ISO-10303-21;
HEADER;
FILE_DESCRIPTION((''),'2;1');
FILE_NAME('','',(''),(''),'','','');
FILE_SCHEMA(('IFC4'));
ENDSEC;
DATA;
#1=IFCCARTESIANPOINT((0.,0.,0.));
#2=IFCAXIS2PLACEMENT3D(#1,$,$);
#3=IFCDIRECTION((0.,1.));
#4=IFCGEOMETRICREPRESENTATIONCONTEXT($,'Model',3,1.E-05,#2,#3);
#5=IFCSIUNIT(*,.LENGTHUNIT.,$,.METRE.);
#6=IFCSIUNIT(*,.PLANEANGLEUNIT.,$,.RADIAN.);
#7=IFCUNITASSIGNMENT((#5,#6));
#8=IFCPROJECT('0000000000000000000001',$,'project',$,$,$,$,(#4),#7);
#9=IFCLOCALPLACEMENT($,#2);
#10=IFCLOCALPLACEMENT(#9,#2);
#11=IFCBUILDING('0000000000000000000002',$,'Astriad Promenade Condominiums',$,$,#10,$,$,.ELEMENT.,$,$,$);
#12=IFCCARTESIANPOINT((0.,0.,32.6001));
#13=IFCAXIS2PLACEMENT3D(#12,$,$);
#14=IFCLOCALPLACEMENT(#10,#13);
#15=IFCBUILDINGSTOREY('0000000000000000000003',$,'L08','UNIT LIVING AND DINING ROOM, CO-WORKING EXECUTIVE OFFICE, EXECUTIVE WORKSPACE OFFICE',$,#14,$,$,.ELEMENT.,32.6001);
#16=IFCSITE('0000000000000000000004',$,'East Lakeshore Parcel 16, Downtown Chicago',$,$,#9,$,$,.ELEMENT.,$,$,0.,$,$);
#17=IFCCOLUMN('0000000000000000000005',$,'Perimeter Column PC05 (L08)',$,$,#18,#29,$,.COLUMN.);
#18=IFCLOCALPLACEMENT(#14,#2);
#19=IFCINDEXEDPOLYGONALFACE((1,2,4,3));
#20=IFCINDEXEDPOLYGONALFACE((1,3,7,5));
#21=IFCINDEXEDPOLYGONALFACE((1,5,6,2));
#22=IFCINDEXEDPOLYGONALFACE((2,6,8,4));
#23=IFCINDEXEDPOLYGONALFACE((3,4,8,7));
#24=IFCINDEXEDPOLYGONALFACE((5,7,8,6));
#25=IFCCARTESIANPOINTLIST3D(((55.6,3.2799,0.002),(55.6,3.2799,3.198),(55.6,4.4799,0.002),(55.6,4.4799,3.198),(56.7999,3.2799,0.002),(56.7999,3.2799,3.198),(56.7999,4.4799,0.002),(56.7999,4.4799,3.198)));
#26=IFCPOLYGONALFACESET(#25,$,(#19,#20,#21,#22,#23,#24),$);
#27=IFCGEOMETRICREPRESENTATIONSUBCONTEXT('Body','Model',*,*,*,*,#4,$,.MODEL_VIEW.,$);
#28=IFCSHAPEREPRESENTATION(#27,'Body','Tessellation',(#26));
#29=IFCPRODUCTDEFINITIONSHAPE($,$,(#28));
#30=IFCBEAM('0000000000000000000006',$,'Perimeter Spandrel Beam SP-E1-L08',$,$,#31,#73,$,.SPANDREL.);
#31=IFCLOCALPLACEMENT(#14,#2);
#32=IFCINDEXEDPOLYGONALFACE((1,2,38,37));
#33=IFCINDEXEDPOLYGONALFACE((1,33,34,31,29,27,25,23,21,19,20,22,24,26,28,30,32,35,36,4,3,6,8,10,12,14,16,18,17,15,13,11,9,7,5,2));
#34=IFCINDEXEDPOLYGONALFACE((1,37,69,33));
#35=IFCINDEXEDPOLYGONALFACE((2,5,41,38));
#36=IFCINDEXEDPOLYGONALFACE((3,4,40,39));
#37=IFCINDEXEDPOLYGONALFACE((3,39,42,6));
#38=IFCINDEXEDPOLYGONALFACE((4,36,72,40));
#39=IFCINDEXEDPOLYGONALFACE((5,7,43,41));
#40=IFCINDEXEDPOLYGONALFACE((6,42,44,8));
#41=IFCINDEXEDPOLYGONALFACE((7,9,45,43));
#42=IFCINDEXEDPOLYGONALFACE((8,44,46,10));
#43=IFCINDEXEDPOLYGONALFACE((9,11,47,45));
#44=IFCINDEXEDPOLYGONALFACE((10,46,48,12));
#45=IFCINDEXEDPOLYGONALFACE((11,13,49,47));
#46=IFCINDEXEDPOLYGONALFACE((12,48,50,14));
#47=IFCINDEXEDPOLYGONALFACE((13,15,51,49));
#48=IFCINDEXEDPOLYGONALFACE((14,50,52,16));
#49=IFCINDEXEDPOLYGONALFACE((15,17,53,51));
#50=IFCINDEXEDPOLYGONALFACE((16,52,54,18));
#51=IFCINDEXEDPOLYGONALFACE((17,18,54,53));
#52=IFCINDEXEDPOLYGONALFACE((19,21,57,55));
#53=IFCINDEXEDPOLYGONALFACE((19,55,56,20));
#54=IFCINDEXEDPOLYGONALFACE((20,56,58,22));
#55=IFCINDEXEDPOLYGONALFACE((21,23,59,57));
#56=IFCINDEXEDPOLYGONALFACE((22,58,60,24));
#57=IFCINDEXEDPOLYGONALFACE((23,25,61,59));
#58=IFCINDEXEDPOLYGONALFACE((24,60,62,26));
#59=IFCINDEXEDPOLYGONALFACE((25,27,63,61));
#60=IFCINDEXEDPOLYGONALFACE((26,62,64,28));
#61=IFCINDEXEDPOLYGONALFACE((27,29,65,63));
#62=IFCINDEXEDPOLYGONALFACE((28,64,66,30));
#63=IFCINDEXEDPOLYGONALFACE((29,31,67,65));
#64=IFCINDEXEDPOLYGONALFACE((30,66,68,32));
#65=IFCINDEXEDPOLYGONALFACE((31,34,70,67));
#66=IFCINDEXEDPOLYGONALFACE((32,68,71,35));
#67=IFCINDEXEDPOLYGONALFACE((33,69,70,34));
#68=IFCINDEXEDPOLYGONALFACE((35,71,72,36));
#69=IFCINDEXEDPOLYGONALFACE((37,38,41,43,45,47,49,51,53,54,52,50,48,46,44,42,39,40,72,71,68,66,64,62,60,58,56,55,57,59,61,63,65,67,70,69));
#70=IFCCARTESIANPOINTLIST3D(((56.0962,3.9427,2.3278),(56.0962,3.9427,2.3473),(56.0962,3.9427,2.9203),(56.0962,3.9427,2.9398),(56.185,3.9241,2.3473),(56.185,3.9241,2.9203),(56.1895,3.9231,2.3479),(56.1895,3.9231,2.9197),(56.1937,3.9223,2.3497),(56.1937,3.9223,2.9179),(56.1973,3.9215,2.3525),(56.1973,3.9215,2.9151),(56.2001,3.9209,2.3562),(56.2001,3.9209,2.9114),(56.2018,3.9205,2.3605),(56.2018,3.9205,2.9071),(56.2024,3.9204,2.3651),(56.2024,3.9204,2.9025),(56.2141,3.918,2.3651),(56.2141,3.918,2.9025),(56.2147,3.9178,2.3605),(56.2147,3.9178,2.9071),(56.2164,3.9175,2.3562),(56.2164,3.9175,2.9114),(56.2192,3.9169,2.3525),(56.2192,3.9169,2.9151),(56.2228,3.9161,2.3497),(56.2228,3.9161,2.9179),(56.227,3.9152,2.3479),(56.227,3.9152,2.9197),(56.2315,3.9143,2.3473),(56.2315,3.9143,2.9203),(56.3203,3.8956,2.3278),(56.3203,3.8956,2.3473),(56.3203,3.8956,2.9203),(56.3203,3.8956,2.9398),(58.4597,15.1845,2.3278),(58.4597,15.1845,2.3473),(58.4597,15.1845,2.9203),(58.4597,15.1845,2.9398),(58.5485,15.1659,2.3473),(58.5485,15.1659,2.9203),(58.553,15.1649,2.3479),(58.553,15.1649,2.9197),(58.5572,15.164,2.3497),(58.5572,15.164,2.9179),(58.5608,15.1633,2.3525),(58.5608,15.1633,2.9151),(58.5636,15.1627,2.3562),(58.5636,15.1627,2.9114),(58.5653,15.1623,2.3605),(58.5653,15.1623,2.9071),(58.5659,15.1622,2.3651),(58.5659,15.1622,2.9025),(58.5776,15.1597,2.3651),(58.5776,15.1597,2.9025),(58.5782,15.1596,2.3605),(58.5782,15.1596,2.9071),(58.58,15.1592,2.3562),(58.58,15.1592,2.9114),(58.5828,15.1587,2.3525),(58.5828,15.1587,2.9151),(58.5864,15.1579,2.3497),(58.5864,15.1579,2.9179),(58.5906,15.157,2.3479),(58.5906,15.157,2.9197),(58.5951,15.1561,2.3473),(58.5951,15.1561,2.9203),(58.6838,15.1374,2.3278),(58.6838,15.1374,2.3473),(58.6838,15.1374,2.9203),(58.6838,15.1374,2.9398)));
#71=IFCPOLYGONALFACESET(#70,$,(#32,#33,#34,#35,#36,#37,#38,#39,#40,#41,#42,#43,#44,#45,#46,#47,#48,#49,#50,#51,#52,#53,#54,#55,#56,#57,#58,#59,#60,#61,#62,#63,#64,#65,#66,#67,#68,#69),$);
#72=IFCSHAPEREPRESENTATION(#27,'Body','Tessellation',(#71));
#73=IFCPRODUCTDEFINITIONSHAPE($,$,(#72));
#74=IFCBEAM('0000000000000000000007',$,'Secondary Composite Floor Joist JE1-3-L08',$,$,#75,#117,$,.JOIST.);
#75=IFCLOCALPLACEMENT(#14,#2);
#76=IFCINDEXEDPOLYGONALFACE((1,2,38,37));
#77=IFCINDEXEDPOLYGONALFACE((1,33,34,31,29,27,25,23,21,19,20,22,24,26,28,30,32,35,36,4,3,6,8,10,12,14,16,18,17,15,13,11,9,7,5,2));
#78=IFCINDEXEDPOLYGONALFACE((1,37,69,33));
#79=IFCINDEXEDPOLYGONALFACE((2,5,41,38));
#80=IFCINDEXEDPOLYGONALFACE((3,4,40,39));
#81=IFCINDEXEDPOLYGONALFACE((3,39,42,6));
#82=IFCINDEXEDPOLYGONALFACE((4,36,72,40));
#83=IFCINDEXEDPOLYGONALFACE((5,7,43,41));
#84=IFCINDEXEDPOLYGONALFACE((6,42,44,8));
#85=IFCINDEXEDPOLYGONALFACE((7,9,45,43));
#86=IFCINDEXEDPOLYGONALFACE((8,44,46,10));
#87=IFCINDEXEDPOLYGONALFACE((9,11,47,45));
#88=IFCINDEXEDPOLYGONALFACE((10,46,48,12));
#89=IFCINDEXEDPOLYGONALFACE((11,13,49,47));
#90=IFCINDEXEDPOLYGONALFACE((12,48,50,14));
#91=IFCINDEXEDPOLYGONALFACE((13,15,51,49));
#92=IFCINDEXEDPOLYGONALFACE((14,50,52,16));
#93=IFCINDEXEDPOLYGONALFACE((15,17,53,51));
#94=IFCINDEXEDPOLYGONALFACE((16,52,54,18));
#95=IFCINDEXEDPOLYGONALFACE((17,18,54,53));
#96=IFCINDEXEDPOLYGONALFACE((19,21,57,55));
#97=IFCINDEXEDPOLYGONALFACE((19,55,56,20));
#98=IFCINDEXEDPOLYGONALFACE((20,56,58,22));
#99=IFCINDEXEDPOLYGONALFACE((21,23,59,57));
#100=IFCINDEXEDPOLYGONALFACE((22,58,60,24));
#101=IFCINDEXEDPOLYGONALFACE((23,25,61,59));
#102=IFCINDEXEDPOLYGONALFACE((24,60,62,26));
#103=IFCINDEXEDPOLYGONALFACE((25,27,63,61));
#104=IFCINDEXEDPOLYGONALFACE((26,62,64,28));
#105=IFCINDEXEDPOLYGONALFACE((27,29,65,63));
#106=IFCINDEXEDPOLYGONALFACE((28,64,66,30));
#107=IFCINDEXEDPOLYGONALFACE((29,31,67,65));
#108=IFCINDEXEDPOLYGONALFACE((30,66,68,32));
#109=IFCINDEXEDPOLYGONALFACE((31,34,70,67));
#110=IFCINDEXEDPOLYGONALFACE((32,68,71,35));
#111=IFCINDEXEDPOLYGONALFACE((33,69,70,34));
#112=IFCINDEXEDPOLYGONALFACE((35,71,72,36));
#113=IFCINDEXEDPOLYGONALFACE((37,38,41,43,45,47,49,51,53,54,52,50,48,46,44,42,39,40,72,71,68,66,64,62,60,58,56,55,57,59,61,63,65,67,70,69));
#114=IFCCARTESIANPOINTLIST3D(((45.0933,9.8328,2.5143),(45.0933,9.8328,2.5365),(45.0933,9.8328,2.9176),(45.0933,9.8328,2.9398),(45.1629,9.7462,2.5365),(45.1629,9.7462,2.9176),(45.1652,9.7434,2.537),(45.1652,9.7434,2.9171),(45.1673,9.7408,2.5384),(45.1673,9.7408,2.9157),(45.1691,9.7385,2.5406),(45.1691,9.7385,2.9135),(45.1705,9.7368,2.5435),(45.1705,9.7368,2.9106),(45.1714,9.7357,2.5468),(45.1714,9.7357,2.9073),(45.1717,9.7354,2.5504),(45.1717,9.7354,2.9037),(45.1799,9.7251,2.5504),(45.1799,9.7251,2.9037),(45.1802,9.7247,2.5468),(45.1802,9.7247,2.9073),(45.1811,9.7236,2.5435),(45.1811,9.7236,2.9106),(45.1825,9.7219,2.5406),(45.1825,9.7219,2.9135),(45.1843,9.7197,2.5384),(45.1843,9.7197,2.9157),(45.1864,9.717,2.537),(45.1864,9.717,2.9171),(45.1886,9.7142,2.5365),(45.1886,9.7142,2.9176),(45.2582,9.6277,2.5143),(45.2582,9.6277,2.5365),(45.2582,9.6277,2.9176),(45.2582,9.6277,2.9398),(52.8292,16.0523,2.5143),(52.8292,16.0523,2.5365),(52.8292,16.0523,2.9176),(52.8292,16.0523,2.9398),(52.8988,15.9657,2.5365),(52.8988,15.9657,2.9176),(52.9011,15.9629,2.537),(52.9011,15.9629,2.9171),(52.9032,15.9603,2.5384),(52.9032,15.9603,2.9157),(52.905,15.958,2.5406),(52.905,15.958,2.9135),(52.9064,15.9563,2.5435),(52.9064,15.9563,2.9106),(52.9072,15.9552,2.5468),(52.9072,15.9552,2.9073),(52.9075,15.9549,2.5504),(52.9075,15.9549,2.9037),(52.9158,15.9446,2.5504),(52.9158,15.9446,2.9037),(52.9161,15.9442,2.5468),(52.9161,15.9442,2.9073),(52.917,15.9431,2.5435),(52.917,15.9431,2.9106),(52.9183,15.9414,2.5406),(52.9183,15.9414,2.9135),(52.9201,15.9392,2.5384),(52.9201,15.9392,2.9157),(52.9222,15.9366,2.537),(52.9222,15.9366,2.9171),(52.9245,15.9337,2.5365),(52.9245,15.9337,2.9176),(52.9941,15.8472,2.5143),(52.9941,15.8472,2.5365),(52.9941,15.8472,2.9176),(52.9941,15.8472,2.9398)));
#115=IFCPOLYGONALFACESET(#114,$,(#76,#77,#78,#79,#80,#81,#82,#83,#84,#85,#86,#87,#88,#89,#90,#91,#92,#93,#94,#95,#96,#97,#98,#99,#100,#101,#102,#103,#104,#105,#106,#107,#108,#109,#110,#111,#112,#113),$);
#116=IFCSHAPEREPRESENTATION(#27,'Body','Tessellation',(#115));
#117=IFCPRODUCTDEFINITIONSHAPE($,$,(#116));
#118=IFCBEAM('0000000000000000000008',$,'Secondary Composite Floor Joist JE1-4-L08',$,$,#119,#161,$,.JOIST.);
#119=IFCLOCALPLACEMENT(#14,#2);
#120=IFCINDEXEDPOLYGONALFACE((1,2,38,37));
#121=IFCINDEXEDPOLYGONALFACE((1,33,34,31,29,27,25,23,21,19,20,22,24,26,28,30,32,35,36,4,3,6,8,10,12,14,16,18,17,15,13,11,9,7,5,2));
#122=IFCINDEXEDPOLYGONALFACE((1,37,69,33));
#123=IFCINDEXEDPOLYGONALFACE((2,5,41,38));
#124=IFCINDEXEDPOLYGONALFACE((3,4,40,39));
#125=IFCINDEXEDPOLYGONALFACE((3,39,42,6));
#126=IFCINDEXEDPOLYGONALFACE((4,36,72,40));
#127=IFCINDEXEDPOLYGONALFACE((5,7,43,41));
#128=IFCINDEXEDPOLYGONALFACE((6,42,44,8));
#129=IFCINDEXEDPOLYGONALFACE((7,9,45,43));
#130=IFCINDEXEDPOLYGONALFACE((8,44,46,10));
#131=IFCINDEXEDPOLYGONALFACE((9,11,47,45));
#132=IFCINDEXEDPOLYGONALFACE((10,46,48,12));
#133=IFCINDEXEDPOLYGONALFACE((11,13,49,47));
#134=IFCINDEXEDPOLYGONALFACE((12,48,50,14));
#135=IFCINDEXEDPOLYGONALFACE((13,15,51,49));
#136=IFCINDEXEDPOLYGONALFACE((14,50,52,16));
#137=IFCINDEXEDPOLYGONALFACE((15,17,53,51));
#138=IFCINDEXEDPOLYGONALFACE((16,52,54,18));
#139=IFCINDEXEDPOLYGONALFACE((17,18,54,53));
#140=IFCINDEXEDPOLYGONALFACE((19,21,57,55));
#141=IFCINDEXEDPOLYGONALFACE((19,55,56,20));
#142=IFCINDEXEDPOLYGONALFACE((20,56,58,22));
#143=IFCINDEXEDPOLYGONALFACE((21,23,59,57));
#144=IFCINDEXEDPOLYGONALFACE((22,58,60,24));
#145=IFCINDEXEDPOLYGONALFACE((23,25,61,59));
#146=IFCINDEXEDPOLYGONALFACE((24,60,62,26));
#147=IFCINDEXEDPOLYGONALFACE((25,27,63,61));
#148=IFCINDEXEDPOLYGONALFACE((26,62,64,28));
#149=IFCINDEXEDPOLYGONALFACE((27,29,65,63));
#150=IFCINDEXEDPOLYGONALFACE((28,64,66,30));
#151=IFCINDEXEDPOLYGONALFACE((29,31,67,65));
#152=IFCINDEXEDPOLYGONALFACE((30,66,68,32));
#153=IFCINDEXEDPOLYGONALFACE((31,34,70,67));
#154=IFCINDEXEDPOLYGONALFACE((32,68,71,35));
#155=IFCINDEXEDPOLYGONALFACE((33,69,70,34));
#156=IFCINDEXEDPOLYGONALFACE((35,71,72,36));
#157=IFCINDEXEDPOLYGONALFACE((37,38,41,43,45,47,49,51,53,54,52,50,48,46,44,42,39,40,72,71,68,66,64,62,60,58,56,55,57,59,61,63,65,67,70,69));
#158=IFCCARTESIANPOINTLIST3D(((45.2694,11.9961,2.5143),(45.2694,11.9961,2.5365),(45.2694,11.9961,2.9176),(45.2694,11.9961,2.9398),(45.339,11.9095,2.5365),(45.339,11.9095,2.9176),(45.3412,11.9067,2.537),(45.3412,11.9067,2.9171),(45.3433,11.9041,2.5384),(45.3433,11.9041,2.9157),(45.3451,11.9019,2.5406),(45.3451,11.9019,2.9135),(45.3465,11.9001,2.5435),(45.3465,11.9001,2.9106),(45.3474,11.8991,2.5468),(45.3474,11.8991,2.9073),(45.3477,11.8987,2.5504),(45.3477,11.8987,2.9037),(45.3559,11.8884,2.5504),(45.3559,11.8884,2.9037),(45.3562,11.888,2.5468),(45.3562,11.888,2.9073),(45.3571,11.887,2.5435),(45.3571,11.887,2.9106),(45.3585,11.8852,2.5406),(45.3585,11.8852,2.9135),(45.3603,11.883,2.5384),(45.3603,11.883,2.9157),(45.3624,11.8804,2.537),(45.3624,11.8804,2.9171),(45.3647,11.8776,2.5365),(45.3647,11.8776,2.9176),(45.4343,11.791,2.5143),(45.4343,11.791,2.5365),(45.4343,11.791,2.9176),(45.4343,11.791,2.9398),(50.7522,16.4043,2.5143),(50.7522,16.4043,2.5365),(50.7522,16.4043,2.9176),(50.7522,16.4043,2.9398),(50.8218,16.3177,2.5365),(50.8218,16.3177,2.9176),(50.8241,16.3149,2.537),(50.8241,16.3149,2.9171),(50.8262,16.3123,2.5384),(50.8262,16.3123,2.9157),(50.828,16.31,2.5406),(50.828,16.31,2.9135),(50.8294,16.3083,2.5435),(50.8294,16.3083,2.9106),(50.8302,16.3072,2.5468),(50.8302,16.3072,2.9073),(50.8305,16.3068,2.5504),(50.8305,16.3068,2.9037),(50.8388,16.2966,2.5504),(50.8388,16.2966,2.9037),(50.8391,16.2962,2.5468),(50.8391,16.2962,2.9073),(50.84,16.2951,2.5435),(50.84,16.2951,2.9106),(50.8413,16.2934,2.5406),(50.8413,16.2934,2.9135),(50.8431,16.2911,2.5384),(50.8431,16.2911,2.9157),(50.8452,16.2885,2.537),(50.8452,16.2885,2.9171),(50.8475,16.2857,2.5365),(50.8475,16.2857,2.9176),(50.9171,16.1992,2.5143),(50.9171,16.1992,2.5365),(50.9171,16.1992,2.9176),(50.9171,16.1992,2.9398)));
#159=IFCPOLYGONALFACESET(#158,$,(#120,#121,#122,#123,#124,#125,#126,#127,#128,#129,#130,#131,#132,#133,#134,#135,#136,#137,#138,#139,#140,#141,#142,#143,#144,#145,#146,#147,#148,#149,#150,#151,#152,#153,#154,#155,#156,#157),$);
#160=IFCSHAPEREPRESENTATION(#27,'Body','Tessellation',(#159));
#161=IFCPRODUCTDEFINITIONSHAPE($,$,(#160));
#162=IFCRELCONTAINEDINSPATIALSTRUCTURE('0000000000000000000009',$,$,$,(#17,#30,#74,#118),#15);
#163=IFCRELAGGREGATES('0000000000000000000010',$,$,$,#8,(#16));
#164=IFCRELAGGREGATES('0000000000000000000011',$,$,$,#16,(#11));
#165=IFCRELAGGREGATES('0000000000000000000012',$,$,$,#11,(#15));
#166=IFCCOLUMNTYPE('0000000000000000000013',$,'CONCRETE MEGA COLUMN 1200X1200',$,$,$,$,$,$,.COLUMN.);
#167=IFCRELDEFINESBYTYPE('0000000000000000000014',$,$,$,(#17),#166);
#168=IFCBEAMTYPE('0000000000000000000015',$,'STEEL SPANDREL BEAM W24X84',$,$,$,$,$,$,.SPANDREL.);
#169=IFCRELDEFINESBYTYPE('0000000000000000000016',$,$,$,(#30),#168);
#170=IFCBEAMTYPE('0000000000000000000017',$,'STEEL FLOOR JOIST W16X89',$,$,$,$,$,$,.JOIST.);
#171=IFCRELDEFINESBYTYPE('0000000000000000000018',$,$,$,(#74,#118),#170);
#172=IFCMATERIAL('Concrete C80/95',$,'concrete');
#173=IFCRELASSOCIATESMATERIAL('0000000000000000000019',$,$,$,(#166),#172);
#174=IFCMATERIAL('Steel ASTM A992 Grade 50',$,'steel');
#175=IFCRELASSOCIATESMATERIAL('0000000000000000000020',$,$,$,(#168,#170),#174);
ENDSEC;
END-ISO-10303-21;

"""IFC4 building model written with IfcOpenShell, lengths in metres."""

from ifc_helpers import new_model, si_unit, direction, frame, origin, origin_2d, place, context, subcontext, project, spatial, rectangle, i_section, extrude, source, transform, mapped, material, material_profile, profile_set, type_object, type_shapes, element, save


model = new_model("IFC4")

# Units and contexts
model_context = context("Model", 3, precision=1e-05, world=origin(), true_north=direction((0.0, 1.0)))
body_context = subcontext(model_context, "Body", "Model", "MODEL_VIEW")
ifc_project = project(units=[si_unit("LENGTHUNIT", "METRE"), si_unit("PLANEANGLEUNIT", "RADIAN")], contexts=[model_context])

# Site, building, storey
site_placement = place(None, origin())
site = spatial("IfcSite", under=ifc_project, at=site_placement, Name="East Lakeshore Parcel 16, Downtown Chicago", CompositionType="ELEMENT", RefElevation=0.0)
building_placement = place(site_placement, origin())
building = spatial("IfcBuilding", under=site, at=building_placement, Name="Astriad Promenade Condominiums", CompositionType="ELEMENT")
storey_placement = place(building_placement, frame((0.0, 0.0, 32.6001)))
storey = spatial("IfcBuildingStorey", under=building, at=storey_placement, Name="L08", Description="UNIT LIVING AND DINING ROOM, CO-WORKING EXECUTIVE OFFICE, EXECUTIVE WORKSPACE OFFICE", CompositionType="ELEMENT", Elevation=32.6001)

# Column
ifc_material_1 = material(Name="Concrete C80/95", Category="concrete")
ifc_material_profile_1 = material_profile(ifc_material_1, rectangle(XDim=1.2, YDim=1.2, at=origin_2d()), Name="RC-COL-1200X1200")
ifc_profile_set_1 = profile_set([ifc_material_profile_1], Name="Concrete C80/95")
column_type = type_object("IfcColumnType", Name="CONCRETE MEGA COLUMN 1200X1200", PredefinedType="COLUMN", material=ifc_profile_set_1)
shared_shape_1 = source(origin(), body_context, "Body", "SweptSolid", [
    extrude(rectangle(XDim=1.2, YDim=1.2, at=origin_2d()), origin(), (0.0, 0.0, 1.0), 3.196),
])
type_shapes(column_type, [shared_shape_1])
column_placement = place(storey_placement, frame((56.2, 3.8799, 0.002), z_axis=(0.0, 0.0, 1.0), x_axis=(1.0, 0.0, 0.0)))
element("IfcColumn", 1, at=column_placement, inside=storey, type_object=column_type, Name="Perimeter Column PC05 (L08)", PredefinedType="COLUMN", context=body_context, shape_type="MappedRepresentation", body=[
    mapped(shared_shape_1, transform((0.0, 0.0, 0.0), scale=1.0)),
])

# Beams
ifc_material_2 = material(Name="Steel ASTM A992 Grade 50", Category="steel")
ifc_material_profile_2 = material_profile(ifc_material_2, i_section(OverallWidth=0.229, OverallDepth=0.6121, WebThickness=0.012, FlangeThickness=0.0195, FilletRadius=0.0178, at=origin_2d()), Name="W24X84")
ifc_profile_set_2 = profile_set([ifc_material_profile_2], Name="Steel ASTM A992 Grade 50")
beam_type_1 = type_object("IfcBeamType", Name="STEEL SPANDREL BEAM W24X84", PredefinedType="SPANDREL", material=ifc_profile_set_2)
shared_shape_2 = source(origin(), body_context, "Body", "SweptSolid", [
    extrude(i_section(OverallWidth=0.229, OverallDepth=0.6121, WebThickness=0.012, FlangeThickness=0.0195, FilletRadius=0.0178, at=origin_2d()), origin(), (0.0, 0.0, 1.0), 11.4875),
])
type_shapes(beam_type_1, [shared_shape_2])
beam_1_placement = place(storey_placement, frame((56.2083, 3.9192, 2.6338), z_axis=(0.205748, 0.978605, 0.0), x_axis=(-0.978605, 0.205748, 0.0)))
element("IfcBeam", 2, at=beam_1_placement, inside=storey, type_object=beam_type_1, Name="Perimeter Spandrel Beam SP-E1-L08", PredefinedType="SPANDREL", context=body_context, shape_type="MappedRepresentation", body=[
    mapped(shared_shape_2, transform((0.0, 0.0, 0.0), scale=1.0)),
])
ifc_material_profile_3 = material_profile(ifc_material_2, i_section(OverallWidth=0.2632, OverallDepth=0.4255, WebThickness=0.0132, FlangeThickness=0.0222, FilletRadius=0.0139, at=origin_2d()), Name="W16X89")
ifc_profile_set_3 = profile_set([ifc_material_profile_3], Name="Steel ASTM A992 Grade 50")
beam_type_2 = type_object("IfcBeamType", Name="STEEL FLOOR JOIST W16X89", PredefinedType="JOIST", material=ifc_profile_set_3)
shared_shape_3 = source(origin(), body_context, "Body", "SweptSolid", [
    extrude(i_section(OverallWidth=0.2632, OverallDepth=0.4255, WebThickness=0.0132, FlangeThickness=0.0222, FilletRadius=0.0139, at=origin_2d()), origin(), (0.0, 0.0, 1.0), 9.926),
])
beam_2_placement = place(storey_placement, frame((45.1758, 9.7302, 2.7271), z_axis=(0.779352, 0.626586, 0.0), x_axis=(-0.626586, 0.779352, 0.0)))
element("IfcBeam", 3, at=beam_2_placement, inside=storey, type_object=beam_type_2, Name="Secondary Composite Floor Joist JE1-3-L08", PredefinedType="JOIST", context=body_context, shape_type="MappedRepresentation", body=[
    mapped(shared_shape_3, transform((0.0, 0.0, 0.0), scale=1.0)),
])
shared_shape_4 = source(origin(), body_context, "Body", "SweptSolid", [
    extrude(i_section(OverallWidth=0.2632, OverallDepth=0.4255, WebThickness=0.0132, FlangeThickness=0.0222, FilletRadius=0.0139, at=origin_2d()), origin(), (0.0, 0.0, 1.0), 7.0352),
])
beam_3_placement = place(storey_placement, frame((45.3518, 11.8936, 2.7271), z_axis=(0.77935, 0.626589, 0.0), x_axis=(-0.626589, 0.77935, 0.0)))
element("IfcBeam", 4, at=beam_3_placement, inside=storey, type_object=beam_type_2, Name="Secondary Composite Floor Joist JE1-4-L08", PredefinedType="JOIST", context=body_context, shape_type="MappedRepresentation", body=[
    mapped(shared_shape_4, transform((0.0, 0.0, 0.0), scale=1.0)),
])

save(model, "model.ifc")
